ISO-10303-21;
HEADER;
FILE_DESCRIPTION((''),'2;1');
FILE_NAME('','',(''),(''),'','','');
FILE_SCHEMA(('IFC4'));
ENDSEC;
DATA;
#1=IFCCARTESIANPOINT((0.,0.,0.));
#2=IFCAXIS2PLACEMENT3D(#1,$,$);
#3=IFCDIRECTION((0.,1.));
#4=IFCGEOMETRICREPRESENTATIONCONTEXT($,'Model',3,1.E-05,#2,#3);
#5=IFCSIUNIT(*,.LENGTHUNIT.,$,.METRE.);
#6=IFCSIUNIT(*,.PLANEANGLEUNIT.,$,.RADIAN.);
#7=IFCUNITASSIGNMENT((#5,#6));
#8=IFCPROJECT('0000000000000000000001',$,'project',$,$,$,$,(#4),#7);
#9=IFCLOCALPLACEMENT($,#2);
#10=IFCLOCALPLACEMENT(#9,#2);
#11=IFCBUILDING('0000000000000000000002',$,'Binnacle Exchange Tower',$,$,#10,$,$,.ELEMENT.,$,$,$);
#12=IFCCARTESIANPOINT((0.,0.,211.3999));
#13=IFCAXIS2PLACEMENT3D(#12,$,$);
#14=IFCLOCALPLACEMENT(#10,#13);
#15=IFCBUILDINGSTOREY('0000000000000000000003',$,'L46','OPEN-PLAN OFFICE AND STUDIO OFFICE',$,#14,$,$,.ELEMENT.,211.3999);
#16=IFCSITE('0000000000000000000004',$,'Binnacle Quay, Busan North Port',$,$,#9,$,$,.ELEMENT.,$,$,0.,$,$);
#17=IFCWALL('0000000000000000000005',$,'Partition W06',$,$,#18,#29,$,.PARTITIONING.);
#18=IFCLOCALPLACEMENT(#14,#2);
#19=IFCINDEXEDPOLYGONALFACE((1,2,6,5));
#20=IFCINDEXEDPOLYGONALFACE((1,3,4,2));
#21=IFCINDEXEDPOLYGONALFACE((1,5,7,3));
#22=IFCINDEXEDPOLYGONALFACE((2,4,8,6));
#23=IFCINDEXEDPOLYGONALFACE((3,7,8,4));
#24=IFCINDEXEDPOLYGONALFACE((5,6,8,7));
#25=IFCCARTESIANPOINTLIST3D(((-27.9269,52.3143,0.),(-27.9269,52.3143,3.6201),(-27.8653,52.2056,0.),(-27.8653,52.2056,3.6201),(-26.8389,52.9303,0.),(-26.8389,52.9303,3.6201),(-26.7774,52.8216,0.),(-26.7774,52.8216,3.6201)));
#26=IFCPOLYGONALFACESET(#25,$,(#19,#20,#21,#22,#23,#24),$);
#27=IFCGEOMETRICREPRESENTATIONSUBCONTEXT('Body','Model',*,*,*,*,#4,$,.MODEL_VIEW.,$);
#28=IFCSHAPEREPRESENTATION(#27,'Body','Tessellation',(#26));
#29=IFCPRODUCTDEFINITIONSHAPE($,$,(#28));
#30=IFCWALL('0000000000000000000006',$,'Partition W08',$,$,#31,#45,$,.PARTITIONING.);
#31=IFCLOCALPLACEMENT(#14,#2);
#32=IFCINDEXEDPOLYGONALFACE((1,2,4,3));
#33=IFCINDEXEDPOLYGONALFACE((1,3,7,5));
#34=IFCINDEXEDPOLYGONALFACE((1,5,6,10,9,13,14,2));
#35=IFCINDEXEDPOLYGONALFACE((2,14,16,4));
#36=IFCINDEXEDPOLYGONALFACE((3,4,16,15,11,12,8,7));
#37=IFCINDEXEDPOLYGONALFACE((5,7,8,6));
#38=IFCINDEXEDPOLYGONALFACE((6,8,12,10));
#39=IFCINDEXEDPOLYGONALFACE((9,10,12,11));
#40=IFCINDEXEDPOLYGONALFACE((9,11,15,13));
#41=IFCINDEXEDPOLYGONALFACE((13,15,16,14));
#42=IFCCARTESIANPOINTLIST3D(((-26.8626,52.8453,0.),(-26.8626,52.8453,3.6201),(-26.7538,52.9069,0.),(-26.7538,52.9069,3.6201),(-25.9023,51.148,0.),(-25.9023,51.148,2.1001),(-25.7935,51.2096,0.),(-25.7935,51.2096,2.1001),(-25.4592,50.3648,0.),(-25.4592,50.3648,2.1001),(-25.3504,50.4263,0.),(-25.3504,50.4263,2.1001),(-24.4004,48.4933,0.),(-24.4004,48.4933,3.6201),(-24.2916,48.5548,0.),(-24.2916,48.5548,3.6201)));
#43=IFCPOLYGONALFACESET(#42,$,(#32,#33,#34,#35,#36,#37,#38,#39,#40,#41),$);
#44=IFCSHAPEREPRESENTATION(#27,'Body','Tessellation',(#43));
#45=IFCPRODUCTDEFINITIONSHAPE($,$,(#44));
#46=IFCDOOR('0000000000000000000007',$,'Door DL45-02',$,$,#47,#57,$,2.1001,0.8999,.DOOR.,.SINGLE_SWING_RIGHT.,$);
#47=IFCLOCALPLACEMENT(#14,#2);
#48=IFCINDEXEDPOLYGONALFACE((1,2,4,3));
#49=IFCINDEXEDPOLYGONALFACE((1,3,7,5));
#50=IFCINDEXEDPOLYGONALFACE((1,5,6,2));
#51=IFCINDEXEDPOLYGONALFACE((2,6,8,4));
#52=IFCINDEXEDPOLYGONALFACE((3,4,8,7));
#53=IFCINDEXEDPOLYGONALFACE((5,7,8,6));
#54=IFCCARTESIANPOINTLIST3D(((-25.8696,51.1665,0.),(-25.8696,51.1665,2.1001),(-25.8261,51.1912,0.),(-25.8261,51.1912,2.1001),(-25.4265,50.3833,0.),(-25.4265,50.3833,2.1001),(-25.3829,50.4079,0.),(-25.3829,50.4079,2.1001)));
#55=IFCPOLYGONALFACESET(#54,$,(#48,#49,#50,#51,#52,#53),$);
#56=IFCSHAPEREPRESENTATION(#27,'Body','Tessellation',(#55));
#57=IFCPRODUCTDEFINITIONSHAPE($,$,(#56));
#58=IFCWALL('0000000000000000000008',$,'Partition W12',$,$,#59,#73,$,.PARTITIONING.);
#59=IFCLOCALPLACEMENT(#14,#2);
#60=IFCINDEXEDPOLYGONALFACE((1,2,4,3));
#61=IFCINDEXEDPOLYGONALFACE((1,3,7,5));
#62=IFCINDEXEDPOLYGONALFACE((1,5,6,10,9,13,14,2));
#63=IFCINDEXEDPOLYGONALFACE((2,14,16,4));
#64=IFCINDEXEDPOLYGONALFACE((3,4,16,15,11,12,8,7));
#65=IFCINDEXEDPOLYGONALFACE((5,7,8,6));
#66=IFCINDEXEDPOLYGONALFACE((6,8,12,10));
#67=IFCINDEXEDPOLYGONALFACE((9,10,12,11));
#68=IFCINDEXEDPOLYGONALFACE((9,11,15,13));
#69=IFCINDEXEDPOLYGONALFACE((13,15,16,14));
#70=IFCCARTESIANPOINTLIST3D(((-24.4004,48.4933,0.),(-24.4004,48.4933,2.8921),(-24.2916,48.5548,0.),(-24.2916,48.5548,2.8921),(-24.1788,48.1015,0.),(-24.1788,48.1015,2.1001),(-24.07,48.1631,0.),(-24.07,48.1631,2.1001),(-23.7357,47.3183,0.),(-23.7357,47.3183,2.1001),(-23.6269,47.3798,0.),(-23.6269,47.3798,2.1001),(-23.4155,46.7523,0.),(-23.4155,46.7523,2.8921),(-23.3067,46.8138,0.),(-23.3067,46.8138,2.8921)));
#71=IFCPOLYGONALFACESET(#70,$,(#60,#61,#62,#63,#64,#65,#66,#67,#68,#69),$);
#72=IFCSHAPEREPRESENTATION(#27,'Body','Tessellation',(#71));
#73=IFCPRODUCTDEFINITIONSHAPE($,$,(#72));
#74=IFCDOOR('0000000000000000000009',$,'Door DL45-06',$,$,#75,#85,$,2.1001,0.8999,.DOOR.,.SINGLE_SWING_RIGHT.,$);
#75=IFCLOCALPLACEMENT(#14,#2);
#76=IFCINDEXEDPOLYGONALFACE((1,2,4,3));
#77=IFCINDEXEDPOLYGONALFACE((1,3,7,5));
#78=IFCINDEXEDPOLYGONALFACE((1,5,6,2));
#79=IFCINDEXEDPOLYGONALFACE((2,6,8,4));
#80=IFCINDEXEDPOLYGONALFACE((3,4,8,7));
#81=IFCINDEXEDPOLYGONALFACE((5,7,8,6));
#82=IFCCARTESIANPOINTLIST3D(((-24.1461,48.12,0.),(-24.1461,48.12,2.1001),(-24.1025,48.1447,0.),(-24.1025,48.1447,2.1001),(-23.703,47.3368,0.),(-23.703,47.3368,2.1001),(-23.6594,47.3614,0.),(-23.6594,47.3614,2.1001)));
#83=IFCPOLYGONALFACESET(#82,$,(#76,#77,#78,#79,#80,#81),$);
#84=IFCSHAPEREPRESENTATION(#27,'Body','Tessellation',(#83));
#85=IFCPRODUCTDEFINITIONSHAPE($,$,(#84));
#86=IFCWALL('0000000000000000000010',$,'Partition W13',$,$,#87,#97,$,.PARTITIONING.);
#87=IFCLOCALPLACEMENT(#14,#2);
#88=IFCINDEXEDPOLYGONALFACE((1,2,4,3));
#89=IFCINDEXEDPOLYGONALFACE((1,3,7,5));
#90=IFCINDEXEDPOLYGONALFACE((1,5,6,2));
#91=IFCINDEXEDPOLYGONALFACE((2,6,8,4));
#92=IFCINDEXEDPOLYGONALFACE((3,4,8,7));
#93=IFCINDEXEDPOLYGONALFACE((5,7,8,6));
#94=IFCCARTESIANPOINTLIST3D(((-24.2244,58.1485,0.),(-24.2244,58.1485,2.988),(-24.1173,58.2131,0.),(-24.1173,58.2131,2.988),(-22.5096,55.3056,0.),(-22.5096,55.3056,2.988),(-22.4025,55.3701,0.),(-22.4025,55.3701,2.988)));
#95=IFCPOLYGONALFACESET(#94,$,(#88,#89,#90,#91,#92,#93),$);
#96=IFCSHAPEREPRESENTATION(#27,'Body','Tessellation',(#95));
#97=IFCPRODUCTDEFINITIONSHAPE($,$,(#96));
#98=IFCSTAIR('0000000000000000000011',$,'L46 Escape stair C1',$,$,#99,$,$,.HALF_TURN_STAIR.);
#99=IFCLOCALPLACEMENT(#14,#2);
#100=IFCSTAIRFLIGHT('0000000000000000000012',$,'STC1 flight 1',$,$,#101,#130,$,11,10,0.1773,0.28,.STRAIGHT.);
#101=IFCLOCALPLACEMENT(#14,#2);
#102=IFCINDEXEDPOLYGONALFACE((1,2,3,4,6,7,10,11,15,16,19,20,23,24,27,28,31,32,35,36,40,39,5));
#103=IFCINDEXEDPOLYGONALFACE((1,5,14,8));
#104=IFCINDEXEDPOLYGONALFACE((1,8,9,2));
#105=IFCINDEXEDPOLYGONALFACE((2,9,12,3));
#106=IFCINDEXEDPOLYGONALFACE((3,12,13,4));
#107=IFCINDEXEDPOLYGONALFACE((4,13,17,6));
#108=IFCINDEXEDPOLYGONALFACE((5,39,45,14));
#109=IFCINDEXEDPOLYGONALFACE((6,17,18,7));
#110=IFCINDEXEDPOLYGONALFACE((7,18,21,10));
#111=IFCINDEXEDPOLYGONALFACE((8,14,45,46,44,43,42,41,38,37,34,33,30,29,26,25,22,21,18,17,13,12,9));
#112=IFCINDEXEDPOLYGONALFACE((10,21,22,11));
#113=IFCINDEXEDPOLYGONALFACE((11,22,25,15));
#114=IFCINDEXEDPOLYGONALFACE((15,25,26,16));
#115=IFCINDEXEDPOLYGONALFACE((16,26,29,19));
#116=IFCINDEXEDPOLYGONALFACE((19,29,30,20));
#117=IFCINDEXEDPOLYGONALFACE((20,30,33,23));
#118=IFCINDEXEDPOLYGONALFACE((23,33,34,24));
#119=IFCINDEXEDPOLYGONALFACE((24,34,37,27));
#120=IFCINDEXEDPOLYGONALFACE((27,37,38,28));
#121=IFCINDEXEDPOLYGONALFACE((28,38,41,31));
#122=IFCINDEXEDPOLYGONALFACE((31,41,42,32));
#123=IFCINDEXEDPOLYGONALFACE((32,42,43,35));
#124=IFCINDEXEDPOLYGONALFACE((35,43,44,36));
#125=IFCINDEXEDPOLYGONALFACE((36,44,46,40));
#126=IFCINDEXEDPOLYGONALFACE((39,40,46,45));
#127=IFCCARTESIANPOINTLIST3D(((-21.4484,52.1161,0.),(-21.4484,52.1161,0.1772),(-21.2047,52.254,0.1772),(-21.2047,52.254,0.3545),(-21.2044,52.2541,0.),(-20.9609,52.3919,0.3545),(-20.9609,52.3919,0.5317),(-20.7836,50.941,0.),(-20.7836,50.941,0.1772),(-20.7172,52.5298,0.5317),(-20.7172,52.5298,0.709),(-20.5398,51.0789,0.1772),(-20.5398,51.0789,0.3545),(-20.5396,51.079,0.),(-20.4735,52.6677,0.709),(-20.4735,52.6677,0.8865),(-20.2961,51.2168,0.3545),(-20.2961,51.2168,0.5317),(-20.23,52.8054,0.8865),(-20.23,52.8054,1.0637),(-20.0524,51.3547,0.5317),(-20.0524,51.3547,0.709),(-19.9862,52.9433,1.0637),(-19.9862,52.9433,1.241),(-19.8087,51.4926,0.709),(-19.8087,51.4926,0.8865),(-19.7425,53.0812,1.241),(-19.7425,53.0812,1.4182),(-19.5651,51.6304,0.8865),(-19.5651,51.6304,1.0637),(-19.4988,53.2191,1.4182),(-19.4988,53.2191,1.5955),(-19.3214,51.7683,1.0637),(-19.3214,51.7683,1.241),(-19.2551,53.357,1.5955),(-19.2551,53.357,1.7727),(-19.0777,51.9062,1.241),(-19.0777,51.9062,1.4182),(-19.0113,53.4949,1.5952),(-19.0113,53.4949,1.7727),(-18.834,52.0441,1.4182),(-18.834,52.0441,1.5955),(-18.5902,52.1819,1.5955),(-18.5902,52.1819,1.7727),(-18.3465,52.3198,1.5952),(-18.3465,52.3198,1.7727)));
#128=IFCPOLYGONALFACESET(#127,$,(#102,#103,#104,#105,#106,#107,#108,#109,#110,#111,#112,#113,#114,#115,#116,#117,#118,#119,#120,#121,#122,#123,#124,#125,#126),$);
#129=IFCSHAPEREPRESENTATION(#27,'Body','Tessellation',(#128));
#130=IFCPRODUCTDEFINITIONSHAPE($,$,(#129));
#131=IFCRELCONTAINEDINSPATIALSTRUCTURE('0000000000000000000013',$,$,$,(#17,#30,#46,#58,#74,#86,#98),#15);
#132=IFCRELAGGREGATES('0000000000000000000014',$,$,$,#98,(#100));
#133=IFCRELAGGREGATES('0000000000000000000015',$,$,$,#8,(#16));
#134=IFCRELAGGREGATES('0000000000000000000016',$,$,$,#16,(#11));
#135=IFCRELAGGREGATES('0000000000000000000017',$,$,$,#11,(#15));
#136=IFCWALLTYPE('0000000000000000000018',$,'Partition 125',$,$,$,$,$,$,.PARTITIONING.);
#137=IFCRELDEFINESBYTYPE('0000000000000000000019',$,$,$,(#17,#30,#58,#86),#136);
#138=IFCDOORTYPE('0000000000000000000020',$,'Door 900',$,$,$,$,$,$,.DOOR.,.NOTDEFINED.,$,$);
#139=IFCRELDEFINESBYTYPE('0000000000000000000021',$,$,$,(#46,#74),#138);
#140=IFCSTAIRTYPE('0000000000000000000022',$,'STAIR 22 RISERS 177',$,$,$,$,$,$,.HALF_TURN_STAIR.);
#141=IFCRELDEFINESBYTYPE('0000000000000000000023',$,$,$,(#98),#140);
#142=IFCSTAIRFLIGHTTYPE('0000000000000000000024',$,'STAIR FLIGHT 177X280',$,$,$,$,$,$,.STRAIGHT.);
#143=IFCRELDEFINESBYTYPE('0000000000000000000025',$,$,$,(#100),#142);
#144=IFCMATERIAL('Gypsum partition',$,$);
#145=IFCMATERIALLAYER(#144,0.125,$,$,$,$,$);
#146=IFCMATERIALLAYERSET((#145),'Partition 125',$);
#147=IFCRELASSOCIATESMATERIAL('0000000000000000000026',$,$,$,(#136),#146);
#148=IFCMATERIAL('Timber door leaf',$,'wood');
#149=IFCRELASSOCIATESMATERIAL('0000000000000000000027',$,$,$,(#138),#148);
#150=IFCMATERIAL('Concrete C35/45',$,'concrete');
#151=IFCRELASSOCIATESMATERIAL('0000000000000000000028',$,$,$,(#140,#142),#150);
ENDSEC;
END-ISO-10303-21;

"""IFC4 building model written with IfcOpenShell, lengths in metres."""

from ifc_helpers import new_model, si_unit, direction, frame, frame_2d, origin, place, context, subcontext, project, spatial, polyline, rectangle, outline, extrude, material, layer, layer_set, type_object, element, fill, aggregate, save


model = new_model("IFC4")

# Units and contexts
model_context = context("Model", 3, precision=1e-05, world=origin(), true_north=direction((0.0, 1.0)))
body_context = subcontext(model_context, "Body", "Model", "MODEL_VIEW")
ifc_project = project(units=[si_unit("LENGTHUNIT", "METRE"), si_unit("PLANEANGLEUNIT", "RADIAN")], contexts=[model_context])

# Site, building, storey
site_placement = place(None, origin())
site = spatial("IfcSite", under=ifc_project, at=site_placement, Name="Binnacle Quay, Busan North Port", CompositionType="ELEMENT", RefElevation=0.0)
building_placement = place(site_placement, origin())
building = spatial("IfcBuilding", under=site, at=building_placement, Name="Binnacle Exchange Tower", CompositionType="ELEMENT")
storey_placement = place(building_placement, frame((0.0, 0.0, 211.3999)))
storey = spatial("IfcBuildingStorey", under=building, at=storey_placement, Name="L46", Description="OPEN-PLAN OFFICE AND STUDIO OFFICE", CompositionType="ELEMENT", Elevation=211.3999)

# Wall
ifc_material_1 = material(Name="Gypsum partition")
ifc_layer_1 = layer(ifc_material_1, 0.125)
ifc_layer_set_1 = layer_set([ifc_layer_1], Name="Partition 125")
wall_type_1 = type_object("IfcWallType", Name="Partition 125", PredefinedType="PARTITIONING", material=ifc_layer_set_1)
wall_1_placement = place(storey_placement, frame((-27.896, 52.26, 0.0), z_axis=(0.0, 0.0, 1.0), x_axis=(0.870195, 0.492707, 0.0)))
element("IfcWall", 1, at=wall_1_placement, inside=storey, type_object=wall_type_1, Name="Partition W06", PredefinedType="PARTITIONING", context=body_context, shape_type="SweptSolid", body=[
    extrude(rectangle(XDim=1.2502, YDim=0.125, at=frame_2d((0.625, 0.0))), origin(), (0.0, 0.0, 1.0), 3.6201),
])

# Walls, openings, doors
wall_2_placement = place(storey_placement, frame((-26.8081, 52.876, 0.0), z_axis=(0.0, 0.0, 1.0), x_axis=(0.492406, -0.870365, 0.0)))
wall_2 = element("IfcWall", 2, at=wall_2_placement, inside=storey, type_object=wall_type_1, Name="Partition W08", PredefinedType="PARTITIONING", context=body_context, shape_type="SweptSolid", body=[
    extrude(rectangle(XDim=5.0002, YDim=0.125, at=frame_2d((2.5, 0.0))), origin(), (0.0, 0.0, 1.0), 3.6201),
])
opening_1_placement = place(wall_2_placement, frame((1.95, 0.0, 0.0)))
opening_1 = element("IfcOpeningElement", 3, at=opening_1_placement, cuts=wall_2, PredefinedType="OPENING", context=body_context, shape_type="SweptSolid", body=[
    extrude(rectangle(XDim=0.8999, YDim=2.1001, at=frame_2d((0.45, 1.05))), frame((0.0, 0.0725, 0.0), z_axis=(0.0, -1.0, 0.0), x_axis=(1.0, 0.0, 0.0)), (0.0, 0.0, 1.0), 0.145),
])
ifc_material_2 = material(Name="Timber door leaf", Category="wood")
door_type_1 = type_object("IfcDoorType", Name="Door 900", OperationType="NOTDEFINED", PredefinedType="DOOR", material=ifc_material_2)
door_1_placement = place(opening_1_placement, frame((0.8999, 0.0, 0.0), z_axis=(0.0, 0.0, 1.0), x_axis=(-1.0, 0.0, 0.0)))
door_1 = element("IfcDoor", 4, at=door_1_placement, inside=storey, type_object=door_type_1, Name="Door DL45-02", OperationType="SINGLE_SWING_RIGHT", OverallHeight=2.1001, OverallWidth=0.8999, PredefinedType="DOOR", context=body_context, shape_type="SweptSolid", body=[
    extrude(rectangle(XDim=0.8999, YDim=2.1001, at=frame_2d((0.45, 1.05))), frame((0.0, 0.0249, 0.0), z_axis=(0.0, -1.0, 0.0), x_axis=(1.0, 0.0, 0.0)), (0.0, 0.0, 1.0), 0.05),
])
fill(opening_1, door_1)
wall_3_placement = place(storey_placement, frame((-24.3459, 48.5239, 0.0), z_axis=(0.0, 0.0, 1.0), x_axis=(0.492375, -0.870383, 0.0)))
wall_3 = element("IfcWall", 5, at=wall_3_placement, inside=storey, type_object=wall_type_1, Name="Partition W12", PredefinedType="PARTITIONING", context=body_context, shape_type="SweptSolid", body=[
    extrude(rectangle(XDim=2.0002, YDim=0.125, at=frame_2d((1.0, 0.0))), origin(), (0.0, 0.0, 1.0), 2.8921),
])
opening_2_placement = place(wall_3_placement, frame((0.45, 0.0, 0.0)))
opening_2 = element("IfcOpeningElement", 6, at=opening_2_placement, cuts=wall_3, PredefinedType="OPENING", context=body_context, shape_type="SweptSolid", body=[
    extrude(rectangle(XDim=0.8999, YDim=2.1001, at=frame_2d((0.45, 1.05))), frame((0.0, 0.0725, 0.0), z_axis=(0.0, -1.0, 0.0), x_axis=(1.0, 0.0, 0.0)), (0.0, 0.0, 1.0), 0.145),
])
door_2_placement = place(opening_2_placement, frame((0.8999, 0.0, 0.0), z_axis=(0.0, 0.0, 1.0), x_axis=(-1.0, 0.0, 0.0)))
door_2 = element("IfcDoor", 7, at=door_2_placement, inside=storey, type_object=door_type_1, Name="Door DL45-06", OperationType="SINGLE_SWING_RIGHT", OverallHeight=2.1001, OverallWidth=0.8999, PredefinedType="DOOR", context=body_context, shape_type="SweptSolid", body=[
    extrude(rectangle(XDim=0.8999, YDim=2.1001, at=frame_2d((0.45, 1.05))), frame((0.0, 0.0249, 0.0), z_axis=(0.0, -1.0, 0.0), x_axis=(1.0, 0.0, 0.0)), (0.0, 0.0, 1.0), 0.05),
])
fill(opening_2, door_2)

# Wall
wall_4_placement = place(storey_placement, frame((-24.1709, 58.1809, 0.0), z_axis=(0.0, 0.0, 1.0), x_axis=(0.516495, -0.85629, 0.0)))
element("IfcWall", 8, at=wall_4_placement, inside=storey, type_object=wall_type_1, Name="Partition W13", PredefinedType="PARTITIONING", context=body_context, shape_type="SweptSolid", body=[
    extrude(rectangle(XDim=3.3201, YDim=0.125, at=frame_2d((1.6602, 0.0))), origin(), (0.0, 0.0, 1.0), 2.988),
])

# Stair, stair flight
ifc_material_3 = material(Name="Concrete C35/45", Category="concrete")
stair_type = type_object("IfcStairType", Name="STAIR 22 RISERS 177", PredefinedType="HALF_TURN_STAIR", material=ifc_material_3)
stair_placement = place(storey_placement, origin())
stair = element("IfcStair", 9, at=stair_placement, inside=storey, type_object=stair_type, Name="L46 Escape stair C1", PredefinedType="HALF_TURN_STAIR")
stair_flight_type = type_object("IfcStairFlightType", Name="STAIR FLIGHT 177X280", PredefinedType="STRAIGHT", material=ifc_material_3)
stair_flight_placement = place(storey_placement, frame((-21.116, 51.5286, 0.0), z_axis=(0.0, 0.0, 1.0), x_axis=(0.870356, 0.492424, 0.0)))
stair_flight = element("IfcStairFlight", 10, at=stair_flight_placement, type_object=stair_flight_type, Name="STC1 flight 1", NumberOfRisers=11, NumberOfTreads=10, PredefinedType="STRAIGHT", RiserHeight=0.1773, TreadLength=0.28, context=body_context, shape_type="SweptSolid", body=[
    extrude(outline(polyline([(0.0, 0.0), (0.0, 0.1772), (0.28, 0.1772), (0.28, 0.3545), (0.5601, 0.3545), (0.5601, 0.5317), (0.8401, 0.5317), (0.8401, 0.709), (1.1201, 0.709), (1.1201, 0.8865), (1.3999, 0.8865), (1.3999, 1.0637), (1.6799, 1.0637), (1.6799, 1.241), (1.96, 1.241), (1.96, 1.4182), (2.24, 1.4182), (2.24, 1.5955), (2.52, 1.5955), (2.52, 1.7727), (2.8, 1.7727), (2.8, 1.95), (2.8, 1.5952), (0.2803, 0.0), (0.0, 0.0)])), frame((0.0, 0.675, 0.0), z_axis=(0.0, -1.0, 0.0), x_axis=(1.0, 0.0, 0.0)), (0.0, 0.0, 1.0), 1.3501),
])
aggregate(stair, [stair_flight])

save(model, "model.ifc")
